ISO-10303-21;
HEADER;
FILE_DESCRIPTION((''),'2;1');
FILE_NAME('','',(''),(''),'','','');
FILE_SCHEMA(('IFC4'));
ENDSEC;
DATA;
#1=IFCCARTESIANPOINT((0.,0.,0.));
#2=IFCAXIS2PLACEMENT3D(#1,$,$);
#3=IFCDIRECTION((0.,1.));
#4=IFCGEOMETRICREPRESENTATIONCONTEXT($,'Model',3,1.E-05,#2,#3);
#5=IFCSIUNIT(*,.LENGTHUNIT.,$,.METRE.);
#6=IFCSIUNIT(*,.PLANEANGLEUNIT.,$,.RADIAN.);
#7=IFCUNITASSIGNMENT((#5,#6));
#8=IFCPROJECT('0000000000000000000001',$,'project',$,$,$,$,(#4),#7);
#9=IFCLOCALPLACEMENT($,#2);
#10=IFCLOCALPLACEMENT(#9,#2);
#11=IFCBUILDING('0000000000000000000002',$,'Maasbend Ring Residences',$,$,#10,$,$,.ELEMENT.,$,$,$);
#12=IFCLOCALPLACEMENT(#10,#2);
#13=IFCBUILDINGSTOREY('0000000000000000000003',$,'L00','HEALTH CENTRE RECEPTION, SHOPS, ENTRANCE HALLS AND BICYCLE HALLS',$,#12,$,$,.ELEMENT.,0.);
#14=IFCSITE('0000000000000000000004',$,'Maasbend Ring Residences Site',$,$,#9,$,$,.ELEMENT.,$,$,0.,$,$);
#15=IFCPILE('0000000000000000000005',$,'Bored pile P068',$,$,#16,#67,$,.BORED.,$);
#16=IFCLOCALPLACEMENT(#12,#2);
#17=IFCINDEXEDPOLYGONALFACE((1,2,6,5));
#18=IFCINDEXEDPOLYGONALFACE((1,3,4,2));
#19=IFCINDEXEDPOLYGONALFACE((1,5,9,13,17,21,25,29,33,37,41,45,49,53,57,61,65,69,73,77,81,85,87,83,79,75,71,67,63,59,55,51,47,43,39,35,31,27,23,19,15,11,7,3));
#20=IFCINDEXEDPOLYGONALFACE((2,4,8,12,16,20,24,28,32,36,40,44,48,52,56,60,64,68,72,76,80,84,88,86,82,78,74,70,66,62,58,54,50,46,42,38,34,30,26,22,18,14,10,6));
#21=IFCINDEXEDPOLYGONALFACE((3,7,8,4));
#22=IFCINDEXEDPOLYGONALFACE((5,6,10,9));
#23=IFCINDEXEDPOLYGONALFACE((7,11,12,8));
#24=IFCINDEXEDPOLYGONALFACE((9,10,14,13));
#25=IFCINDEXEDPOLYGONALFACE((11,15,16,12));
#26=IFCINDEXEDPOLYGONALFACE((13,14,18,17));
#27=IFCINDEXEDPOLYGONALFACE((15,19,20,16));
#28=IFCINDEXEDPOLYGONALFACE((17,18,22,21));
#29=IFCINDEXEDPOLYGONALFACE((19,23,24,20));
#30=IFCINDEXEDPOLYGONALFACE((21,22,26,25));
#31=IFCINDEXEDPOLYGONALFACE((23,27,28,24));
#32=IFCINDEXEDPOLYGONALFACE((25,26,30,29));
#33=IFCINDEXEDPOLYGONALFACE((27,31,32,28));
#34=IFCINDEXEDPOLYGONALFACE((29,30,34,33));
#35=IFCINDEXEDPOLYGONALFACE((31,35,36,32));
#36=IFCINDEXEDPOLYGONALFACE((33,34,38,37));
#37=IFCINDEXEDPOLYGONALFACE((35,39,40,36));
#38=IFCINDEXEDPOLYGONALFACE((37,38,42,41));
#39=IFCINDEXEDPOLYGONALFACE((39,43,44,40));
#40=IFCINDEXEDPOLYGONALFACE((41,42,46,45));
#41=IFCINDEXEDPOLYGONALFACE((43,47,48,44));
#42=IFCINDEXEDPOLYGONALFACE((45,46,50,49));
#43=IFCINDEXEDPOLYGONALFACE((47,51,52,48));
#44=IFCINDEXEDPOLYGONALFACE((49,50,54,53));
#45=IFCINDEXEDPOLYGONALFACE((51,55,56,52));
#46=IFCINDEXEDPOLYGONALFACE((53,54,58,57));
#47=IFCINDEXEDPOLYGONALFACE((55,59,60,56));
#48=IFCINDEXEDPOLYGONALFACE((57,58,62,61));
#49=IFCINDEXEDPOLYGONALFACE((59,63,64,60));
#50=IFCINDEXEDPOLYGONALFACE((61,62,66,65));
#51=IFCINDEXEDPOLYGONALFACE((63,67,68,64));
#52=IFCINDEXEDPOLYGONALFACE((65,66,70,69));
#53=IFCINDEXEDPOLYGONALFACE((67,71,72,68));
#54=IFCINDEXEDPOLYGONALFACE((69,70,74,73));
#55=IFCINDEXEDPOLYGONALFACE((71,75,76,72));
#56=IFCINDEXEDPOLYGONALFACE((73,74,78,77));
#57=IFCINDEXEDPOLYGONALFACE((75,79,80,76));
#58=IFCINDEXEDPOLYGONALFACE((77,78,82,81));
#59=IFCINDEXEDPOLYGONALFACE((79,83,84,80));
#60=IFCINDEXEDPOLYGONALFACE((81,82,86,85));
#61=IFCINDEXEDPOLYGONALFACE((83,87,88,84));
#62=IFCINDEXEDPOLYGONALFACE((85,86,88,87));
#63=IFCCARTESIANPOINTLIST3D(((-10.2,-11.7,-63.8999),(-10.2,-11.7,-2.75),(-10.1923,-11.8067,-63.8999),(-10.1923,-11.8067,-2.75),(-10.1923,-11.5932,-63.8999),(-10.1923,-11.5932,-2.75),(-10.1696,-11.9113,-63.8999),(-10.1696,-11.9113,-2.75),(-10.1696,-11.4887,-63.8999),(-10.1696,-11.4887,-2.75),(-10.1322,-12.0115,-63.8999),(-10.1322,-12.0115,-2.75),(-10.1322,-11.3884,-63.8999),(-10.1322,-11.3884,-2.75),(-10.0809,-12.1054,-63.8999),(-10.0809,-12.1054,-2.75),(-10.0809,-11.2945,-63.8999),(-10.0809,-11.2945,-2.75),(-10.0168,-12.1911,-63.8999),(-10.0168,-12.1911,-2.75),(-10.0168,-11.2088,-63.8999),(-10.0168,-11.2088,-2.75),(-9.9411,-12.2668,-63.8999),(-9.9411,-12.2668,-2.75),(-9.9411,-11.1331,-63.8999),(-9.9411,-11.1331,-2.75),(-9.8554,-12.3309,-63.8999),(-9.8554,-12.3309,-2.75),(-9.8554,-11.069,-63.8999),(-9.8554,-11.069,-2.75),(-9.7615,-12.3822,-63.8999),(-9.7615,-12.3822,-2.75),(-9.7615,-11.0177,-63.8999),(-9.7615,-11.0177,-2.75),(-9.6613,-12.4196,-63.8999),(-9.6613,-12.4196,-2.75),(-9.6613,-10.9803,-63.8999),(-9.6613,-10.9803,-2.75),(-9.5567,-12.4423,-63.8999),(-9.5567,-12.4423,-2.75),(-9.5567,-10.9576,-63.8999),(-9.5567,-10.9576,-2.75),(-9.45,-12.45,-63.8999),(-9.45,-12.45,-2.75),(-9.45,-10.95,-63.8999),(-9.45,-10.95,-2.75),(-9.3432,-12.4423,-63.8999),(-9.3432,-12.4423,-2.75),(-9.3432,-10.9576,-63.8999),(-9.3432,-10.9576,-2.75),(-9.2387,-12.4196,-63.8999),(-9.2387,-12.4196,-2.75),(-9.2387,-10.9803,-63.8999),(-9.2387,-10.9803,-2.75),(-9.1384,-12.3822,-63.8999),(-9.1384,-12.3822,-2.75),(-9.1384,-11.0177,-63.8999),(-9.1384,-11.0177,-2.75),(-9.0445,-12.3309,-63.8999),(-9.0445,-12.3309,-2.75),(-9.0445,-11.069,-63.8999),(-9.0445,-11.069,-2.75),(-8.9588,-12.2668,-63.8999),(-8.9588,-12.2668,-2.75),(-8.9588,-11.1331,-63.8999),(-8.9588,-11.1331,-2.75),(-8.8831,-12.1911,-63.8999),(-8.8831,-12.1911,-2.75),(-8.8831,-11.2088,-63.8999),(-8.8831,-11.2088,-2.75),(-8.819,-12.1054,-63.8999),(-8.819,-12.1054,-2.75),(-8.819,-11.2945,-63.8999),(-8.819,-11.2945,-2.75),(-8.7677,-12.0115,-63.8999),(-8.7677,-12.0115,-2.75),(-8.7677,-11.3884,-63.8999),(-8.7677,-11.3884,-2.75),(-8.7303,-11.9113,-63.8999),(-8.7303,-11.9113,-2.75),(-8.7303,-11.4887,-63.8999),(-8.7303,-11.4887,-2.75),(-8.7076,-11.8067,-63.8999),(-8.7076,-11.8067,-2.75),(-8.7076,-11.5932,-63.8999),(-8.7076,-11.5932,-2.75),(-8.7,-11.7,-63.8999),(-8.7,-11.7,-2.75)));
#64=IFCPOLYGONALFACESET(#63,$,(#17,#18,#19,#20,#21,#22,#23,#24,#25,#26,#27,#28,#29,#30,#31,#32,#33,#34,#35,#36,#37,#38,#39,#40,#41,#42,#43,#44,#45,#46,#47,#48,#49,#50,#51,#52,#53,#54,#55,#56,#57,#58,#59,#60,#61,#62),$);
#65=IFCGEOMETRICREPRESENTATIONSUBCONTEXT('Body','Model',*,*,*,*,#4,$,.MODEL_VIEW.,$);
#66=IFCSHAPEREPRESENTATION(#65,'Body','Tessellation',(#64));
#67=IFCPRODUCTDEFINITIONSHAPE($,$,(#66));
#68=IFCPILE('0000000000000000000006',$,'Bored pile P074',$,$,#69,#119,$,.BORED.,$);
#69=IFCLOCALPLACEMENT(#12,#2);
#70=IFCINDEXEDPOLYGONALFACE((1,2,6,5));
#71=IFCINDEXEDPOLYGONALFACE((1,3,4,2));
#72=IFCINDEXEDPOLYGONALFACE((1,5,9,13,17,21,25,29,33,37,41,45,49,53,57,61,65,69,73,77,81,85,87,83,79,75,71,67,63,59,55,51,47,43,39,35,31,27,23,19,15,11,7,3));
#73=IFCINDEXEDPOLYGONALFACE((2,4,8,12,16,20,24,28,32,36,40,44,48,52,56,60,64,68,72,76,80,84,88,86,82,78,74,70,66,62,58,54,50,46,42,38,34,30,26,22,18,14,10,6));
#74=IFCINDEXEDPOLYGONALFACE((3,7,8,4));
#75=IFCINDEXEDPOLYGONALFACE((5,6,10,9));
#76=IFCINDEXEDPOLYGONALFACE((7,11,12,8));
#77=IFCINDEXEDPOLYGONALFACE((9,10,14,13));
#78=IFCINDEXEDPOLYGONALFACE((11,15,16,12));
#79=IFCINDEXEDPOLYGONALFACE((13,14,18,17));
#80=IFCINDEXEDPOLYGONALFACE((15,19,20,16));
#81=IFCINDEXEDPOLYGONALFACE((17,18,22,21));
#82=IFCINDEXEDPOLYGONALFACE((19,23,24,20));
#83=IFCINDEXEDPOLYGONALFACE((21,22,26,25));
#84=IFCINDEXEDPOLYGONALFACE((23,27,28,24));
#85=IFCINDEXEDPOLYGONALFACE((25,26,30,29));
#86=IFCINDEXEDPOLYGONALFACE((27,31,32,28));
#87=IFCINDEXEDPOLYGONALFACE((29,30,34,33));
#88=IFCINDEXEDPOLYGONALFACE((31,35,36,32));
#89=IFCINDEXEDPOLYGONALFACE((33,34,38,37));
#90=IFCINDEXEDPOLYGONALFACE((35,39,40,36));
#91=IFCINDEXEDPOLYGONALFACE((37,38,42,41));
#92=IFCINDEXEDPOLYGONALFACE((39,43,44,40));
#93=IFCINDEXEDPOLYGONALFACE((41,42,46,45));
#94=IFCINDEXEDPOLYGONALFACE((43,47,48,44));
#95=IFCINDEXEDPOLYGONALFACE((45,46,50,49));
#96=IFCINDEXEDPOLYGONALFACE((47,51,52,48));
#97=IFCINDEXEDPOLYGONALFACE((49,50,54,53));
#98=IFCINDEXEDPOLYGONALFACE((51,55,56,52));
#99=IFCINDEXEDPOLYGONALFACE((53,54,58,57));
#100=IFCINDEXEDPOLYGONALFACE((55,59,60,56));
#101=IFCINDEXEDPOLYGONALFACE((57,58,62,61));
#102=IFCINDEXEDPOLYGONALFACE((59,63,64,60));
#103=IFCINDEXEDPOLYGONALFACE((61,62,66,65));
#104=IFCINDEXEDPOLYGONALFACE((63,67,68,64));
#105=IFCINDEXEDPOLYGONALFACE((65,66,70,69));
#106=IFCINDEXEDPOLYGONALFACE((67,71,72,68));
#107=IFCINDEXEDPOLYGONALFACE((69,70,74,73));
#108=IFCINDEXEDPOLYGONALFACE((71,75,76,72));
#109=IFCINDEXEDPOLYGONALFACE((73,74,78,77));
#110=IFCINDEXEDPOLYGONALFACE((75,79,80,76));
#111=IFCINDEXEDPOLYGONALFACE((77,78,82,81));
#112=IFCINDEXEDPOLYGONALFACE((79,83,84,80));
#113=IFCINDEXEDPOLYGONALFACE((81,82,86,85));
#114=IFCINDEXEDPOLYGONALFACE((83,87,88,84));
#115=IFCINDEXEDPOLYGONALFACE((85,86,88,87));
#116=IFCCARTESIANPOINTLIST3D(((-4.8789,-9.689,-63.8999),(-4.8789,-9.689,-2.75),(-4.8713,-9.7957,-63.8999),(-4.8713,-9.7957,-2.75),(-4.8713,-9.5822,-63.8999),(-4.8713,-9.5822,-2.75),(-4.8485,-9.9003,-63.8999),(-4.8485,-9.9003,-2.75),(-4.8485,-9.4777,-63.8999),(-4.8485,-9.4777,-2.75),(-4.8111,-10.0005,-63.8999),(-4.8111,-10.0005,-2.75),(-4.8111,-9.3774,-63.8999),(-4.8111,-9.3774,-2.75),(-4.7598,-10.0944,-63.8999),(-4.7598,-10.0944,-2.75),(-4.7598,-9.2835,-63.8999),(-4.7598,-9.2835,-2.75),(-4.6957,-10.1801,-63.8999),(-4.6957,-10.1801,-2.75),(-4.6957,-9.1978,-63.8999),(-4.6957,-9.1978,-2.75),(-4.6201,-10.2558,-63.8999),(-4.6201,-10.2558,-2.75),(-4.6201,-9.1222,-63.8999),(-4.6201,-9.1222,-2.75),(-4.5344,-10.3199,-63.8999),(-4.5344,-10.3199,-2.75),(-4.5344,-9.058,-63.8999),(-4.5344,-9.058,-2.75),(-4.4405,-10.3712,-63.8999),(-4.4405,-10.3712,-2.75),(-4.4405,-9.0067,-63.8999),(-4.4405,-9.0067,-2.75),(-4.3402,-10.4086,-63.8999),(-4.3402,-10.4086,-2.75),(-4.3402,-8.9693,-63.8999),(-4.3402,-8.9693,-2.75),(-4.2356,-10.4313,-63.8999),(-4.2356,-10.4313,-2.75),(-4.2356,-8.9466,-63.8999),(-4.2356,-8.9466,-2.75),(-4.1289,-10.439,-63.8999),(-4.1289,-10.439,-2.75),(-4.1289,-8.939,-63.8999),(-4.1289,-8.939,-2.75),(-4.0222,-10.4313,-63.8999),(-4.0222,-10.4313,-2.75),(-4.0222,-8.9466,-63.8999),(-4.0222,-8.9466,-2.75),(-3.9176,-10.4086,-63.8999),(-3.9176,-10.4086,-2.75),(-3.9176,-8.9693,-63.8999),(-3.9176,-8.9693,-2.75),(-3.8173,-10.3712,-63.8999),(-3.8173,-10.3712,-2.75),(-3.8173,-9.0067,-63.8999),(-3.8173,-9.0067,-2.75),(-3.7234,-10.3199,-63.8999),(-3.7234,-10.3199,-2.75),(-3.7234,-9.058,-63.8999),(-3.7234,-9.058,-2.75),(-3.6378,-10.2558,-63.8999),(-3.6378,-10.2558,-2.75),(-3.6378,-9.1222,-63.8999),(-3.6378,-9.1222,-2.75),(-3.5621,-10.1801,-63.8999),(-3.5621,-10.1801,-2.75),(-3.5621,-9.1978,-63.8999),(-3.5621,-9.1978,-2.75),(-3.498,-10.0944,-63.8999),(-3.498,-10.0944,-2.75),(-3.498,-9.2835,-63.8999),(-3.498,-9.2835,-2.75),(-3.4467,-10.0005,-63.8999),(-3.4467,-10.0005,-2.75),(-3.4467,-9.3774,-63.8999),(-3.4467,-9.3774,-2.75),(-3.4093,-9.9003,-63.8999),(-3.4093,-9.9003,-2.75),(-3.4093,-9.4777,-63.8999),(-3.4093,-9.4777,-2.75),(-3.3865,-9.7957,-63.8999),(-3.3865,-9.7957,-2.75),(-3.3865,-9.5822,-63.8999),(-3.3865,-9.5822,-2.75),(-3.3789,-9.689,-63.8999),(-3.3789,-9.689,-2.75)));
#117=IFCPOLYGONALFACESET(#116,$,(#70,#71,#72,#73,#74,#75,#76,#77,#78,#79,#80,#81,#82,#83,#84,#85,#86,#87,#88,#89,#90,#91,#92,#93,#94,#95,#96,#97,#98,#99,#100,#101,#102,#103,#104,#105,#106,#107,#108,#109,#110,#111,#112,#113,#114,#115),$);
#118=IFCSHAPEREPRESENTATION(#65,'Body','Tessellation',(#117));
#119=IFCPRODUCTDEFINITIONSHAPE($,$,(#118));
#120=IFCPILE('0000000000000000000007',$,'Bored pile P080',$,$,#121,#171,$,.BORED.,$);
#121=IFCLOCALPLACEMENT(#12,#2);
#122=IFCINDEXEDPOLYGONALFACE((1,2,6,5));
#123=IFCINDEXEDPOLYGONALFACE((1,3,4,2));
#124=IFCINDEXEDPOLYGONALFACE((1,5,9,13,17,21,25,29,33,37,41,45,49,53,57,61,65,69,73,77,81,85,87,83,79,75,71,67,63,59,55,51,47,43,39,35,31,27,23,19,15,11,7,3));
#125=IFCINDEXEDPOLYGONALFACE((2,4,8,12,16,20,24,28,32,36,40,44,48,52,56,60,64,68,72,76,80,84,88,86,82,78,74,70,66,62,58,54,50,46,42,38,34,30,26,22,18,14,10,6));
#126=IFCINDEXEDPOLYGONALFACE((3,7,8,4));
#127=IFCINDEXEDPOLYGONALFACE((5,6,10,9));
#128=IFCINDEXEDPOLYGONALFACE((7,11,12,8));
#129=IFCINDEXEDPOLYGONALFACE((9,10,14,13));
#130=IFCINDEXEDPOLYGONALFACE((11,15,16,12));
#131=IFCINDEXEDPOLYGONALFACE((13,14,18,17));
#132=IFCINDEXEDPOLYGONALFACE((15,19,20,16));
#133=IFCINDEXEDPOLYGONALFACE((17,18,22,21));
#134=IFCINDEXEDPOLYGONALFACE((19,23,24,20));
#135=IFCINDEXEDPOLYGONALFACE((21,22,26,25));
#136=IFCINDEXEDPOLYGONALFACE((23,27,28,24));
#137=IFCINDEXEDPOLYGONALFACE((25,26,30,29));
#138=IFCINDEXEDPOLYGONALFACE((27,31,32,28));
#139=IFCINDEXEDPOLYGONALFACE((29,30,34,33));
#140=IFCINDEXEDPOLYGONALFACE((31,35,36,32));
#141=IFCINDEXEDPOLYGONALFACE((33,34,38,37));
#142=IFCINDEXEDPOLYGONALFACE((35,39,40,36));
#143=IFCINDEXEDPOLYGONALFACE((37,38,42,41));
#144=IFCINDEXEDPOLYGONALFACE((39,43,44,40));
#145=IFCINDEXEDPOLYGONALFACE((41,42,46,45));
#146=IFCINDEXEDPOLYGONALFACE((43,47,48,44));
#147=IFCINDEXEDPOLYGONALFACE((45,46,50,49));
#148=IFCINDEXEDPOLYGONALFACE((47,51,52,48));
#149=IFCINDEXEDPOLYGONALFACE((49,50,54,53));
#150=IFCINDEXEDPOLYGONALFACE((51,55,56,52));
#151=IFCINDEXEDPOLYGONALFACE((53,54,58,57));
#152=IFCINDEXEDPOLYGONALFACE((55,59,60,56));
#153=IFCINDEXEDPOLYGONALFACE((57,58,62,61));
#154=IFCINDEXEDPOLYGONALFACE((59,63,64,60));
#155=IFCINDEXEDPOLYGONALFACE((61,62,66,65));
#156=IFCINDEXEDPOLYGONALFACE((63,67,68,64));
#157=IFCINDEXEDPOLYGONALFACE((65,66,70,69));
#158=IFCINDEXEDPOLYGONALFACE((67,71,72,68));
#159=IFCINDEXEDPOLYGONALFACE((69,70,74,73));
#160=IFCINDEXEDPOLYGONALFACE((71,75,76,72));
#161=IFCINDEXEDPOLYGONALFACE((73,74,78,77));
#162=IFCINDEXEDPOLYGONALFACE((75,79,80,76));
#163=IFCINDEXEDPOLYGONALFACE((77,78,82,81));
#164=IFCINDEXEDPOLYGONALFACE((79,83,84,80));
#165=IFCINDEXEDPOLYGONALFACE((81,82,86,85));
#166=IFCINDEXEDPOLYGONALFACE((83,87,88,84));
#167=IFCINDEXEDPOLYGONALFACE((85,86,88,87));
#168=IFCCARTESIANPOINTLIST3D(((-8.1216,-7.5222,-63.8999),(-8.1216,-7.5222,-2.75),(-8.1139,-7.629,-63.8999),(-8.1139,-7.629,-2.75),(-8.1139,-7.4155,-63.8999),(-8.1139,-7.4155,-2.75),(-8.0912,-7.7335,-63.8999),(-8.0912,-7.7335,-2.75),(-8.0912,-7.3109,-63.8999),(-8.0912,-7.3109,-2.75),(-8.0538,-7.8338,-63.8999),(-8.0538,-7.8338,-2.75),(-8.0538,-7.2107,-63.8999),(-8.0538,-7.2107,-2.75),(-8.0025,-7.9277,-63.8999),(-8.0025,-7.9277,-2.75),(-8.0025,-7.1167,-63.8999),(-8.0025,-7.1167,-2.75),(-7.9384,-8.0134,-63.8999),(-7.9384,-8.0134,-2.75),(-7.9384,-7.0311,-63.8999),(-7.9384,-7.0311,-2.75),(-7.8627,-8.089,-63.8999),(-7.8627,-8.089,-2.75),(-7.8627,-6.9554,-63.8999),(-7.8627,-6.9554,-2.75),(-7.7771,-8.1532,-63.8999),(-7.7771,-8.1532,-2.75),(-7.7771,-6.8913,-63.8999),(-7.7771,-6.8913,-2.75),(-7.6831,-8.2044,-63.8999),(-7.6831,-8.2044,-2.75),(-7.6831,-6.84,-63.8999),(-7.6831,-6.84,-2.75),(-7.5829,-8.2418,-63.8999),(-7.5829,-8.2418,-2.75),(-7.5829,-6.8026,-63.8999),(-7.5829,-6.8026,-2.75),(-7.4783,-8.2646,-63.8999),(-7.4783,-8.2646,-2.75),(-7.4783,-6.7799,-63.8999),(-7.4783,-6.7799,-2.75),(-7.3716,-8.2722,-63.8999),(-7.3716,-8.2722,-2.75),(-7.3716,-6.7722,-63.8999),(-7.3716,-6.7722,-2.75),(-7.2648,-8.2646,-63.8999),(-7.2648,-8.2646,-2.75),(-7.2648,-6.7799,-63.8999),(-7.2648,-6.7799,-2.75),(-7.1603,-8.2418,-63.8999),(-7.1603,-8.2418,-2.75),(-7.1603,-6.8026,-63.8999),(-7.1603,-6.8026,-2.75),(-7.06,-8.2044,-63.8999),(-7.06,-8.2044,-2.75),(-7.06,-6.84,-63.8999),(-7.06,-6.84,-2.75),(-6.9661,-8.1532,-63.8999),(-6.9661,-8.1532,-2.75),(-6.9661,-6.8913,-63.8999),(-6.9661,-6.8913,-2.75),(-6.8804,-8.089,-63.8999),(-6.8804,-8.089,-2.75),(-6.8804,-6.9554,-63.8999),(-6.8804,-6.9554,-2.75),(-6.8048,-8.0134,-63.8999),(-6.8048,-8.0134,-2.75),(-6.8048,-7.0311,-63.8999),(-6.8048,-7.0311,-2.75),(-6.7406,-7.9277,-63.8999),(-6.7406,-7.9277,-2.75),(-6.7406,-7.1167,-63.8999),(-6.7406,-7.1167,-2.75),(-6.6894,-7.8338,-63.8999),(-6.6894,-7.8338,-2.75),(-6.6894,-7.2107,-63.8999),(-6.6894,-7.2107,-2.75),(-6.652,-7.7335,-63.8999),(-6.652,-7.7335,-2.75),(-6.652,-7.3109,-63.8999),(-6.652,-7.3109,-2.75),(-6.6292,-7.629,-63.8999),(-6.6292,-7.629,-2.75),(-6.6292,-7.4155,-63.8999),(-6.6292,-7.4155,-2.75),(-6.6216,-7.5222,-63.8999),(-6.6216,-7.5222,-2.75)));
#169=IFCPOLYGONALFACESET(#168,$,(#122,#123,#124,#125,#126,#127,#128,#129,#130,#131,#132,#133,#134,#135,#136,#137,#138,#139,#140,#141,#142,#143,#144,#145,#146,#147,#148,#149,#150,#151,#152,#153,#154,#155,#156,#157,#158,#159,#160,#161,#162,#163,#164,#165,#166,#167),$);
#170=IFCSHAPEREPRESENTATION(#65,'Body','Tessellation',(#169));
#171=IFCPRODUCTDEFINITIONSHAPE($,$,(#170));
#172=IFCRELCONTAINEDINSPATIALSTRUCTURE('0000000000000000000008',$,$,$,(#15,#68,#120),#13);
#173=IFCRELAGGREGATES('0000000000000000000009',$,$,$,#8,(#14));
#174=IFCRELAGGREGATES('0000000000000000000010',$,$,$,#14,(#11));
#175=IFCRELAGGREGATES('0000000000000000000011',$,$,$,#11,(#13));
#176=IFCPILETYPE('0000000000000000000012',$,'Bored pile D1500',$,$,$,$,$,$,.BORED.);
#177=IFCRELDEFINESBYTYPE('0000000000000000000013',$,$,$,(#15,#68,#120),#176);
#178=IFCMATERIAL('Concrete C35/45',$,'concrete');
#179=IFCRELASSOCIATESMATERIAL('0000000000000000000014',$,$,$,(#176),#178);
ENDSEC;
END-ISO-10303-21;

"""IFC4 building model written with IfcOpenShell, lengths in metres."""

from ifc_helpers import new_model, si_unit, direction, frame, origin, origin_2d, place, context, subcontext, project, spatial, circle, extrude, material, material_profile, profile_set, type_object, element, save


model = new_model("IFC4")

# Units and contexts
model_context = context("Model", 3, precision=1e-05, world=origin(), true_north=direction((0.0, 1.0)))
body_context = subcontext(model_context, "Body", "Model", "MODEL_VIEW")
ifc_project = project(units=[si_unit("LENGTHUNIT", "METRE"), si_unit("PLANEANGLEUNIT", "RADIAN")], contexts=[model_context])

# Site, building, storey
site_placement = place(None, origin())
site = spatial("IfcSite", under=ifc_project, at=site_placement, Name="Maasbend Ring Residences Site", CompositionType="ELEMENT", RefElevation=0.0)
building_placement = place(site_placement, origin())
building = spatial("IfcBuilding", under=site, at=building_placement, Name="Maasbend Ring Residences", CompositionType="ELEMENT")
storey_placement = place(building_placement, origin())
storey = spatial("IfcBuildingStorey", under=building, at=storey_placement, Name="L00", Description="HEALTH CENTRE RECEPTION, SHOPS, ENTRANCE HALLS AND BICYCLE HALLS", CompositionType="ELEMENT", Elevation=0.0)

# Piles
ifc_material_1 = material(Name="Concrete C35/45", Category="concrete")
ifc_material_profile_1 = material_profile(ifc_material_1, circle(Radius=0.75, at=origin_2d()), Name="Bored pile D1500")
ifc_profile_set_1 = profile_set([ifc_material_profile_1], Name="Concrete C35/45")
pile_type = type_object("IfcPileType", Name="Bored pile D1500", PredefinedType="BORED", material=ifc_profile_set_1)
for number, where, z_axis, x_axis, name in (
    (1, (-9.45, -11.7, -2.75), (0.0, 0.0, -1.0), (1.0, 0.0, 0.0), "Bored pile P068"),
    (2, (-4.1289, -9.689, -2.75), (0.0, 0.0, -1.0), (1.0, 0.0, 0.0), "Bored pile P074"),
    (3, (-7.3716, -7.5222, -2.75), (0.0, 0.0, -1.0), (1.0, 0.0, 0.0), "Bored pile P080"),
):
    element("IfcPile", number, at=place(storey_placement, frame(where, z_axis=z_axis, x_axis=x_axis)), inside=storey, type_object=pile_type, Name=name, PredefinedType="BORED", context=body_context, shape_type="SweptSolid", body=[
        extrude(circle(Radius=0.75, at=origin_2d()), origin(), (0.0, 0.0, 1.0), 61.1499),
    ])

save(model, "model.ifc")
